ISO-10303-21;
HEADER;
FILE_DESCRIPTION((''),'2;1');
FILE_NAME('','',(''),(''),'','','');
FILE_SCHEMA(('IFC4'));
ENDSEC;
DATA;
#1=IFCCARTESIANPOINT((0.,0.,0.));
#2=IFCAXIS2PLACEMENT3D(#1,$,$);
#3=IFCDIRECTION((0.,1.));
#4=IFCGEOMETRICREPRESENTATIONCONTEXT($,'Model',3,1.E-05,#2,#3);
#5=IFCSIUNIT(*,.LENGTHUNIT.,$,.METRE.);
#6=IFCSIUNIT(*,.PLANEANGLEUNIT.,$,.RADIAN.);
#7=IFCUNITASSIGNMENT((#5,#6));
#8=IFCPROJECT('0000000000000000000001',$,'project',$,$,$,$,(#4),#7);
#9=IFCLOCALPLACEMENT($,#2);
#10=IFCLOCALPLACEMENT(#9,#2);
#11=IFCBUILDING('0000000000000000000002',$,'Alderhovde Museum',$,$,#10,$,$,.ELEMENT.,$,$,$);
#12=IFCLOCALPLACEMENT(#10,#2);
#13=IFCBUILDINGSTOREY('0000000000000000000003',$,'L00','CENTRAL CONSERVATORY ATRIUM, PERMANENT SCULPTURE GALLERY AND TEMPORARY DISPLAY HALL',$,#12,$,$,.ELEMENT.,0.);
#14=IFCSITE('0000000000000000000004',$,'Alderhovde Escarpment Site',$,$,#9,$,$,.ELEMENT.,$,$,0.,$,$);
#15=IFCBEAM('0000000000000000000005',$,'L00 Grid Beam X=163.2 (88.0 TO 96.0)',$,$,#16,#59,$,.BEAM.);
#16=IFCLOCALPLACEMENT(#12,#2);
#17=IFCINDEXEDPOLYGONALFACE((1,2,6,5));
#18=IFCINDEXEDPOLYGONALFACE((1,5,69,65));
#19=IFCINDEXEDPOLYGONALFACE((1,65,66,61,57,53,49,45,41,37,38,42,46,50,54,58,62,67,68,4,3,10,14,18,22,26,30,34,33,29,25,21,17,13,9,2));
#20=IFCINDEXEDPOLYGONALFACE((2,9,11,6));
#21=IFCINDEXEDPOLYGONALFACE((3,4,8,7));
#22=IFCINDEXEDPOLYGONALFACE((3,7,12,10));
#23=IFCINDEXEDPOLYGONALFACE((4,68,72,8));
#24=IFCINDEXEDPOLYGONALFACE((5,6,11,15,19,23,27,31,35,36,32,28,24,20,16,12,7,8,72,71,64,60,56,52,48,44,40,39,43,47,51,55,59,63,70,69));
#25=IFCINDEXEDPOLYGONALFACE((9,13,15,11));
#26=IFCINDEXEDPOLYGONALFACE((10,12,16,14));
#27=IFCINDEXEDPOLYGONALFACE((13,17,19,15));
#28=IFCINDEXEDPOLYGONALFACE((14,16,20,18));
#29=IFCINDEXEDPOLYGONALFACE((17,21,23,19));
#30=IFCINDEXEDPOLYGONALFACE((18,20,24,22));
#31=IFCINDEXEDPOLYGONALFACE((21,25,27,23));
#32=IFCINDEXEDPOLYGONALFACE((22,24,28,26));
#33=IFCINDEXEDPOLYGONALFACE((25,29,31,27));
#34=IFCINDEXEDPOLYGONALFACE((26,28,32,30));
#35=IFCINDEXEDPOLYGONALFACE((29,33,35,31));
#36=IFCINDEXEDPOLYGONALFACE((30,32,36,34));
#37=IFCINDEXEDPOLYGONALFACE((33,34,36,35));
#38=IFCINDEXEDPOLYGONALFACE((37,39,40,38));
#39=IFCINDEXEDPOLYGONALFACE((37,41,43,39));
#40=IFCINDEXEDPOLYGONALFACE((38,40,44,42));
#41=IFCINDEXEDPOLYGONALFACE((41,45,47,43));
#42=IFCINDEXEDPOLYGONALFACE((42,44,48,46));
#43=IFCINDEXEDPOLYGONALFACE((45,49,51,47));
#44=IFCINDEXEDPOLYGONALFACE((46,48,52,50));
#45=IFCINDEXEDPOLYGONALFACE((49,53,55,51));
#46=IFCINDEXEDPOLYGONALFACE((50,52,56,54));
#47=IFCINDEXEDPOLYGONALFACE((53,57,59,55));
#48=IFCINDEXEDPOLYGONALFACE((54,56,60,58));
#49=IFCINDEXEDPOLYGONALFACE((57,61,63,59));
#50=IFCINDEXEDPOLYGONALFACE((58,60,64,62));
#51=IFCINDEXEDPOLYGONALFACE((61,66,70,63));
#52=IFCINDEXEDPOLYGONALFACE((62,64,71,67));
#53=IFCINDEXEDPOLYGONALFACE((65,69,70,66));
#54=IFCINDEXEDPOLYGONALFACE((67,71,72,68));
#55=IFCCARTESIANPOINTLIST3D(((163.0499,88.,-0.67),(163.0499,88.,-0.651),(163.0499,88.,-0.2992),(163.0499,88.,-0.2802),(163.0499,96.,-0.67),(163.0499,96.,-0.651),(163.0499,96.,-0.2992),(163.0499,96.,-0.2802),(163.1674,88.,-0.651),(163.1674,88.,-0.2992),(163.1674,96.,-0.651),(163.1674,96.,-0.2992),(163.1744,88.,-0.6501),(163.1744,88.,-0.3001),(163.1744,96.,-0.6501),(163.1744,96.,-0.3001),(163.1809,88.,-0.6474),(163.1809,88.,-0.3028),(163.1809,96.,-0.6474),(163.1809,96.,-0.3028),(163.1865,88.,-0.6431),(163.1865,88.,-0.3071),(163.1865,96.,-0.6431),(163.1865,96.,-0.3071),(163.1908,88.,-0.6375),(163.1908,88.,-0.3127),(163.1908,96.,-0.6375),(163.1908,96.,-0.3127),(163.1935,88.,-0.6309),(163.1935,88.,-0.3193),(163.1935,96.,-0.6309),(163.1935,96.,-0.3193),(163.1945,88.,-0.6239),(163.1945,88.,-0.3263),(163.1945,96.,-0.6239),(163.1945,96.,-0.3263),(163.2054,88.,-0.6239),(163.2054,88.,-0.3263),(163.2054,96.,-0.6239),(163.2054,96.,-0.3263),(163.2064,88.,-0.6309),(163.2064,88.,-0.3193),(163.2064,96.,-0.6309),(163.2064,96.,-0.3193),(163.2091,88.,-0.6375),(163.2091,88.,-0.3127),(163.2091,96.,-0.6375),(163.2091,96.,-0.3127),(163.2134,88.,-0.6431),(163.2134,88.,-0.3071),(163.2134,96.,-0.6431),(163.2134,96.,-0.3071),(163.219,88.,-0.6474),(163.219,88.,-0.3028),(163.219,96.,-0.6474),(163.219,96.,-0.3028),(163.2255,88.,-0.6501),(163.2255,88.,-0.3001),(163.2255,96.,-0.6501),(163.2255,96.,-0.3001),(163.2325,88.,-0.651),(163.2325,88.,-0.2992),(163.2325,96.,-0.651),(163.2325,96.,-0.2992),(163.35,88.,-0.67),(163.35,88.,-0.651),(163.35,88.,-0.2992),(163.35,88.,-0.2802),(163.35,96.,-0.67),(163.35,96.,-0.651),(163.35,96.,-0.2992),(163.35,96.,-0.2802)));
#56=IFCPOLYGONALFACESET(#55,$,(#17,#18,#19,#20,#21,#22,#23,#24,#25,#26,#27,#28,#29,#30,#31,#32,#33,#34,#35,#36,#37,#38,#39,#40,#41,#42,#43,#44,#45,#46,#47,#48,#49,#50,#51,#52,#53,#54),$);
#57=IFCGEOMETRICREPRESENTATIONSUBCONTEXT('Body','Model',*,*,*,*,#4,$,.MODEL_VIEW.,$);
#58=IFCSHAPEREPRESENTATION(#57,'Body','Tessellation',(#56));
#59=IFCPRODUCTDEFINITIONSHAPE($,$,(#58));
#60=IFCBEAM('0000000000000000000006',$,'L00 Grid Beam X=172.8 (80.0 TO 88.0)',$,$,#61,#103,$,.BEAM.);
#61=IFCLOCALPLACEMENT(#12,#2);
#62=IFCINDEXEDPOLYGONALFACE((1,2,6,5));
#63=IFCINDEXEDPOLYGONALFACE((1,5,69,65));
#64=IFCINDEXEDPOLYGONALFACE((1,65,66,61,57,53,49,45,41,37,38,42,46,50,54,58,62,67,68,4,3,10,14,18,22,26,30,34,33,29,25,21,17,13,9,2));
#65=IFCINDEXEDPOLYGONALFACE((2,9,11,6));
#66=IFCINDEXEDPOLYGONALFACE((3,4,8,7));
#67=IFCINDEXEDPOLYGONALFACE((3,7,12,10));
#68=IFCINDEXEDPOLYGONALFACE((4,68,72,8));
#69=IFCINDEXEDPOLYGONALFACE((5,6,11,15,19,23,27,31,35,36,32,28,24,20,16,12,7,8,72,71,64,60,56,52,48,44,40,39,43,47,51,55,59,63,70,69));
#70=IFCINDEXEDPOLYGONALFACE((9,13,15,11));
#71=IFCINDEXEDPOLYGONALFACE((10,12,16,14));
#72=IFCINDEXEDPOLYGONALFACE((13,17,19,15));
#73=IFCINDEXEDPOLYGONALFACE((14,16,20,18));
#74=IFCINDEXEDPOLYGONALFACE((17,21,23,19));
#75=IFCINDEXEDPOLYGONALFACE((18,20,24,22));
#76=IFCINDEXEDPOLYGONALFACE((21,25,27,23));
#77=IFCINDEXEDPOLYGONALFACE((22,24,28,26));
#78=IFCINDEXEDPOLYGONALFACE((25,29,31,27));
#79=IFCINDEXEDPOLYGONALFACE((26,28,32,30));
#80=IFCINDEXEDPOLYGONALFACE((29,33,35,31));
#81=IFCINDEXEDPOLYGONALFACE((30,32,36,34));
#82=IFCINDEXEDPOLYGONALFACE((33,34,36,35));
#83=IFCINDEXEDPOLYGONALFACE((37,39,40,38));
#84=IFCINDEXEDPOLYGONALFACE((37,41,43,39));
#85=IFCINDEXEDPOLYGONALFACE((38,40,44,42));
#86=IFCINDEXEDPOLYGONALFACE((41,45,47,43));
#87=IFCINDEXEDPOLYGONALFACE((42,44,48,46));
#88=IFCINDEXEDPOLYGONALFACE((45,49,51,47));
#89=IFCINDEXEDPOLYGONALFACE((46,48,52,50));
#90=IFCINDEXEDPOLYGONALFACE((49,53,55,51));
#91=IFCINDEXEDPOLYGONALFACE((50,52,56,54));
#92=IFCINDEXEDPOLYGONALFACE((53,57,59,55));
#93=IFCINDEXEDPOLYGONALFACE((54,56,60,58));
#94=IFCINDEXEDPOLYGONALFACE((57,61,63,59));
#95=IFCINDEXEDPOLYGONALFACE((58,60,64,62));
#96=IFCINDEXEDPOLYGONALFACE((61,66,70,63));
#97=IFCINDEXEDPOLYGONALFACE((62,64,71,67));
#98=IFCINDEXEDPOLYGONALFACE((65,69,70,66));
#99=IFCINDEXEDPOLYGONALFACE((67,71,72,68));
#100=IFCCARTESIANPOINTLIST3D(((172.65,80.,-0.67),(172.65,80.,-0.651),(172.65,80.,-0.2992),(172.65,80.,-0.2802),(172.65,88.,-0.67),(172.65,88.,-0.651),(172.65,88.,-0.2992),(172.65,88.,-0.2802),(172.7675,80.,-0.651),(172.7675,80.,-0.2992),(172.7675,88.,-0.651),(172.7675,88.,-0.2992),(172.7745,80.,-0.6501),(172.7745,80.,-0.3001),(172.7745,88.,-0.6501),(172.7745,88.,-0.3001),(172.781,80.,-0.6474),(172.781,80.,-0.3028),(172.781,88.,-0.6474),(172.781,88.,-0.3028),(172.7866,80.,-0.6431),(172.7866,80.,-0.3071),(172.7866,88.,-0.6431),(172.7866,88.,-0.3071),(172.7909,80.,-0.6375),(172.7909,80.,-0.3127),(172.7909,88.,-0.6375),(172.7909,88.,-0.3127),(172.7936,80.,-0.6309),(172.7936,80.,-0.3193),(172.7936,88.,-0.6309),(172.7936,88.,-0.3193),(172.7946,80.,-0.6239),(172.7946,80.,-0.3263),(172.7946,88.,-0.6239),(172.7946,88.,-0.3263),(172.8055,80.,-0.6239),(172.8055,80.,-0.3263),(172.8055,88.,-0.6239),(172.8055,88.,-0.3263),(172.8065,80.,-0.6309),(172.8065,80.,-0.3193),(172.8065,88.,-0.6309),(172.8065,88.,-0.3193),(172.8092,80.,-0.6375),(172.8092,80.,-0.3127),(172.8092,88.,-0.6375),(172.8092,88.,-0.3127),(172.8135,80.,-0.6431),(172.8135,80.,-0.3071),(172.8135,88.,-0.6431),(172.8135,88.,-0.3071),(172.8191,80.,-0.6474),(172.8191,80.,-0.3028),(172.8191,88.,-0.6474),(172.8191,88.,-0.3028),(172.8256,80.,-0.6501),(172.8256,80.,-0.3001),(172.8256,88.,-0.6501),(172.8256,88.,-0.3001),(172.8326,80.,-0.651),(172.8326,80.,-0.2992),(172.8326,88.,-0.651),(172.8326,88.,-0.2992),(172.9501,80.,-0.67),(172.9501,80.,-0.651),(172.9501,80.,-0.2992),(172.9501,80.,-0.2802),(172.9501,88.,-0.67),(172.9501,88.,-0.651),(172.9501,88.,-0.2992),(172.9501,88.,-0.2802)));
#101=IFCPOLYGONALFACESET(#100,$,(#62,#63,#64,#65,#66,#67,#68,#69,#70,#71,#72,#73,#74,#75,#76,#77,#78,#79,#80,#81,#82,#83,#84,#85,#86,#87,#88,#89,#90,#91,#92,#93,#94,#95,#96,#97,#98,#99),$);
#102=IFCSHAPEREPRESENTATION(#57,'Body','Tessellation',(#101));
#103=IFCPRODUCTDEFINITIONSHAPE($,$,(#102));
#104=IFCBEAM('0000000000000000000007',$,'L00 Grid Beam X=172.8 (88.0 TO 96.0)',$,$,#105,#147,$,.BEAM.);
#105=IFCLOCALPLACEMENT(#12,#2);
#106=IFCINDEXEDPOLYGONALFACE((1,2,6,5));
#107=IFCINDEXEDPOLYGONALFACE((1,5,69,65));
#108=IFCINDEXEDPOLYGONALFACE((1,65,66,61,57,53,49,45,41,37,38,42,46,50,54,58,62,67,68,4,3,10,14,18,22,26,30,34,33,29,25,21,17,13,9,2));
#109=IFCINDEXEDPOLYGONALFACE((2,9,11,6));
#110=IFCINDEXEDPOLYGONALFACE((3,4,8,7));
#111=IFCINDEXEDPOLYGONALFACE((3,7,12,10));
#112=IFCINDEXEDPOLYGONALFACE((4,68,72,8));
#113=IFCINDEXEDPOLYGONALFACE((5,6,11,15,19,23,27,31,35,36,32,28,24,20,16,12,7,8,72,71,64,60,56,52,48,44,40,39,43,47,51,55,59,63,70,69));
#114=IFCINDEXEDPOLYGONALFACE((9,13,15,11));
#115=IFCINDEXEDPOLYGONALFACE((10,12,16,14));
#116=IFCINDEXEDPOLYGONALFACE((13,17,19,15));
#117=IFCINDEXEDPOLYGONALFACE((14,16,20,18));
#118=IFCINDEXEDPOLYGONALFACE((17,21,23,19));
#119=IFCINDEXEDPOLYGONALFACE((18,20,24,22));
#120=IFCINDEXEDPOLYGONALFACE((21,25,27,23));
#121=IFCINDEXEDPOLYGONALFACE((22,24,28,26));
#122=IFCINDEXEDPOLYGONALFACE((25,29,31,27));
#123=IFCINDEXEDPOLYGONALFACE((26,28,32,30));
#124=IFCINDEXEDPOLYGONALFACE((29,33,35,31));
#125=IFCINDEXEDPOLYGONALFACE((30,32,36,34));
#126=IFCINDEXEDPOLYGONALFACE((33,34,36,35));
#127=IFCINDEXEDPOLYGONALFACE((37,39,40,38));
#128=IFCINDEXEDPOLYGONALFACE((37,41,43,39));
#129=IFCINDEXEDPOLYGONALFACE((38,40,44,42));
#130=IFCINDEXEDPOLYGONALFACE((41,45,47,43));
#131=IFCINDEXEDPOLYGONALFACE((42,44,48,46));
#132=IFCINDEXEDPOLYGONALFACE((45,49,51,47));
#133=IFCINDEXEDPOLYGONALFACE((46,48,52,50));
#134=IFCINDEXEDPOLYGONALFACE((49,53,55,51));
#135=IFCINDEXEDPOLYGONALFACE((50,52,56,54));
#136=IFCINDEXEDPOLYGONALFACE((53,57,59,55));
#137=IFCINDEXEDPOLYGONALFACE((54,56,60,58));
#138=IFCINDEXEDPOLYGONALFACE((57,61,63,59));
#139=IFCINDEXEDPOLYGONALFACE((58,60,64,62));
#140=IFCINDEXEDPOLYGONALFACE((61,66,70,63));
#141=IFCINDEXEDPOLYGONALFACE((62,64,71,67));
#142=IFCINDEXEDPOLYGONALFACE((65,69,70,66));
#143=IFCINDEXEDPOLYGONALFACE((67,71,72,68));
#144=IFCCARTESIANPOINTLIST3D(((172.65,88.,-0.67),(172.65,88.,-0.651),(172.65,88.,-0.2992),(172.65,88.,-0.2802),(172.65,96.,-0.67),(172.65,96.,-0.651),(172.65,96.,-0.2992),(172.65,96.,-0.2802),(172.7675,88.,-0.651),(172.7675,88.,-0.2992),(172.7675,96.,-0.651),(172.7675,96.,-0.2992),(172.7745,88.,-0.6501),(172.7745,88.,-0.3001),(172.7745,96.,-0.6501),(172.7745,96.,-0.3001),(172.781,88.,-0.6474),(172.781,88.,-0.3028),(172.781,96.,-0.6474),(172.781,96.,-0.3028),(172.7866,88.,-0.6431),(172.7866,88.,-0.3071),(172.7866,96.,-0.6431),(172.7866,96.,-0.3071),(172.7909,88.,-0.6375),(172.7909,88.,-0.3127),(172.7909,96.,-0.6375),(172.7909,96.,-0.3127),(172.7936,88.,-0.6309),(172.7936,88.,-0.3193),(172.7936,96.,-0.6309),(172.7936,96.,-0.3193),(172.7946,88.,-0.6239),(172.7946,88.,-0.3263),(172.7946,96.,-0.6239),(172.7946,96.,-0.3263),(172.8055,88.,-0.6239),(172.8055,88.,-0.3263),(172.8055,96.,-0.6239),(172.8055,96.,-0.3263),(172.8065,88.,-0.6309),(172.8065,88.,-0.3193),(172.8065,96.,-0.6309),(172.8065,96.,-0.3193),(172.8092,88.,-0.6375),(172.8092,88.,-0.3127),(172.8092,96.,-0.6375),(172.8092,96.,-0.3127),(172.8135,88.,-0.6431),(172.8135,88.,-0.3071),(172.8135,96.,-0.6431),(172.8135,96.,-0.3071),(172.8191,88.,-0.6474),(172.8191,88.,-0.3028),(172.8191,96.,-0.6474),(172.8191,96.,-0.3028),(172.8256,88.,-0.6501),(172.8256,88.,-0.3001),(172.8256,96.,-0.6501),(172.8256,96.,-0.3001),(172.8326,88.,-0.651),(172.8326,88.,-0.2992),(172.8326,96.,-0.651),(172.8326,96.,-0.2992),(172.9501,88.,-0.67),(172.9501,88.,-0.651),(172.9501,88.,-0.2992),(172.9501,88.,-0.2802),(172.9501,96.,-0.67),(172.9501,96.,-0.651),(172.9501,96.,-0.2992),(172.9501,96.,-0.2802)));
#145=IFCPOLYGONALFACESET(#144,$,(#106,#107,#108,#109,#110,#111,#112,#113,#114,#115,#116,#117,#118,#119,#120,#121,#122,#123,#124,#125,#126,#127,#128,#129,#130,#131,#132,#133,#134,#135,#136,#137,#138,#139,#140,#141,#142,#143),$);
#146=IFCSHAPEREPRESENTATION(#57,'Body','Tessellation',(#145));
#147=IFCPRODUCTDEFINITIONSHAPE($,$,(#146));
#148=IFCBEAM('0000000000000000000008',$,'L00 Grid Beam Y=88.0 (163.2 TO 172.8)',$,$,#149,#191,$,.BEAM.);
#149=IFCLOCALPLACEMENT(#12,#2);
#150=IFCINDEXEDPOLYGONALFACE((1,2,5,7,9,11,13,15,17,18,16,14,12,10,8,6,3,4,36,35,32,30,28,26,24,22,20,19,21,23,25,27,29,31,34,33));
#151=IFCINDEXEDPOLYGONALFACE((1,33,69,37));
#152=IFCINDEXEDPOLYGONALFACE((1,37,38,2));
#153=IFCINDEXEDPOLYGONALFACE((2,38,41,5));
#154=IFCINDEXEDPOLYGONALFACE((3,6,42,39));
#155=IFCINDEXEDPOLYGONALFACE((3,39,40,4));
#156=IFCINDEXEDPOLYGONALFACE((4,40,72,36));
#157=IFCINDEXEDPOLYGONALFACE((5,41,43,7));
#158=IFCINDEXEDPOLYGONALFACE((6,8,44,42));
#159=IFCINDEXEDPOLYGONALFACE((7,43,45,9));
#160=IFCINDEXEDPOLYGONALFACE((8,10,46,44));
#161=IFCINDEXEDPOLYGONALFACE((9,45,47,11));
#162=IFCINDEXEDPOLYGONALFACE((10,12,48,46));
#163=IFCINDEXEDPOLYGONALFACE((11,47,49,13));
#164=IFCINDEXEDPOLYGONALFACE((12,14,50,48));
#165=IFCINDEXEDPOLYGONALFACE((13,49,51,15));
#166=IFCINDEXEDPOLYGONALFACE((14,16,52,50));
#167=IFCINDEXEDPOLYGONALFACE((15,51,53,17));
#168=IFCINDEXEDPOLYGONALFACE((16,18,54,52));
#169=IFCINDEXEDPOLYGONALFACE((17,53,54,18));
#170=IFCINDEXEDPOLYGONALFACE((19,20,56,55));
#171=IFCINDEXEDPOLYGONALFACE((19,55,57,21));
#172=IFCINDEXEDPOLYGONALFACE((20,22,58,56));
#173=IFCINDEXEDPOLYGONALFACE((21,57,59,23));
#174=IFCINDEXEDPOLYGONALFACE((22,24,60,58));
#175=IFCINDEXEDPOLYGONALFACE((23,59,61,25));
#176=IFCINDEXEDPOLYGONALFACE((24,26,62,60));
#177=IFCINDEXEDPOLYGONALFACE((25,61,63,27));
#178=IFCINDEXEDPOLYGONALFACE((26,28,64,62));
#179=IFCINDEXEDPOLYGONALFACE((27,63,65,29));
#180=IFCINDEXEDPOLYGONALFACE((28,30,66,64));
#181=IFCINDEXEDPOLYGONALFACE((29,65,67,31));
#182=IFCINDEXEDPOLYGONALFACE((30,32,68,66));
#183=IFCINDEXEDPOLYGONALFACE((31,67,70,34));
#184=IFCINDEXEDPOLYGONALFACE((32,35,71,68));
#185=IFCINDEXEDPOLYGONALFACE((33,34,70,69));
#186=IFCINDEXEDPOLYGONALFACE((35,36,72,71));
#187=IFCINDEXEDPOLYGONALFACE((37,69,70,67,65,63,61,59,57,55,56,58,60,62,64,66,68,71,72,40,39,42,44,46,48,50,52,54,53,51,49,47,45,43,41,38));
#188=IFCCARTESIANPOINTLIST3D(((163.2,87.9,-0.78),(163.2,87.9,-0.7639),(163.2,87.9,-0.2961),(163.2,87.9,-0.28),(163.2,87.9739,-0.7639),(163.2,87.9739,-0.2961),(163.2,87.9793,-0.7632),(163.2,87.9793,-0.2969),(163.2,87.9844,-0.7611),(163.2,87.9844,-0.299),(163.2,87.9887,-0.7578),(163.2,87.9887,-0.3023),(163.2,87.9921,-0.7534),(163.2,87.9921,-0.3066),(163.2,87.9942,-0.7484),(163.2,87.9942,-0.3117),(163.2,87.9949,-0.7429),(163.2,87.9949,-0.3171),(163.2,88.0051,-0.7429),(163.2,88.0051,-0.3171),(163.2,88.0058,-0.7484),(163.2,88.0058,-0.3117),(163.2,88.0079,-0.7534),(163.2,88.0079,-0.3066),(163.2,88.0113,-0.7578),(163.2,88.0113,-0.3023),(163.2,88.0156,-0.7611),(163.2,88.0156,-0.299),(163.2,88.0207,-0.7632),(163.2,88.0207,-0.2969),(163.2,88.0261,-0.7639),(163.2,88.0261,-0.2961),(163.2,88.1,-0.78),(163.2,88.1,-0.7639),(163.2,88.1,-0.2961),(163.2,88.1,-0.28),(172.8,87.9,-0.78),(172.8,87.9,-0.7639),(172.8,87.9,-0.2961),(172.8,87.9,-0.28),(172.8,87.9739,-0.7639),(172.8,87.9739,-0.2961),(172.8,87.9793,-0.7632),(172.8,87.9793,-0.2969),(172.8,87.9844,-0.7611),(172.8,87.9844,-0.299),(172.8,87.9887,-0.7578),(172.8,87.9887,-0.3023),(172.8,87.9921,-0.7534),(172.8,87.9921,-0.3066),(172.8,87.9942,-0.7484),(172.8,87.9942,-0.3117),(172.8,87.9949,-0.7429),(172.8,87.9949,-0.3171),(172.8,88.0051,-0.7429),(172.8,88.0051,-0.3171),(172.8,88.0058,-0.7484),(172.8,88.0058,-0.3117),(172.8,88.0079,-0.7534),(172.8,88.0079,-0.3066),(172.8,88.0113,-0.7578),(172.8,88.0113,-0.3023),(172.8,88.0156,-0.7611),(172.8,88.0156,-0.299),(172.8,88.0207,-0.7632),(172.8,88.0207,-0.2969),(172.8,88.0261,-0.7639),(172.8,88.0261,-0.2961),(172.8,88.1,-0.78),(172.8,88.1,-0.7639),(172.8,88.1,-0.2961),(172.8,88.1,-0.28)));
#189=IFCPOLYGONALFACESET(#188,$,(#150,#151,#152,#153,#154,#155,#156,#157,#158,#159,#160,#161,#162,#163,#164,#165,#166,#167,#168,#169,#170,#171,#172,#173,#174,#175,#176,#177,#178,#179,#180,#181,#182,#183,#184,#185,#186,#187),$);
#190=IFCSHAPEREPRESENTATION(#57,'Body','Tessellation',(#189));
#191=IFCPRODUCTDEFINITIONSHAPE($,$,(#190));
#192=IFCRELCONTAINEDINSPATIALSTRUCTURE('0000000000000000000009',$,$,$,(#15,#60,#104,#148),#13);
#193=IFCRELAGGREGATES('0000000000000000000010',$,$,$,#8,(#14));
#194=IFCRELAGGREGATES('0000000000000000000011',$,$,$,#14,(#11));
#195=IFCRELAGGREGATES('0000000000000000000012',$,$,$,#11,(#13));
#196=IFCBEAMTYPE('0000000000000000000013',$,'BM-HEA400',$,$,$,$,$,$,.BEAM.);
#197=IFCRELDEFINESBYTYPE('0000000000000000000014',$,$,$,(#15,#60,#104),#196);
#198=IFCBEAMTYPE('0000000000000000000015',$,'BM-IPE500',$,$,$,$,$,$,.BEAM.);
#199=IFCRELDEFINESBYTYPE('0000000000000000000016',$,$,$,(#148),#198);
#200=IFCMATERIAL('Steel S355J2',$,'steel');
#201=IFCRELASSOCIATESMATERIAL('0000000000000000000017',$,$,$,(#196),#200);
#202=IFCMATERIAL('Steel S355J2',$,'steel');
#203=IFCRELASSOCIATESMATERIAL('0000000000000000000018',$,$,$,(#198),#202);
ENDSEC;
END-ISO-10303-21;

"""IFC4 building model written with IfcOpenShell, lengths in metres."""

from ifc_helpers import new_model, si_unit, direction, frame, origin, origin_2d, place, context, subcontext, project, spatial, i_section, extrude, material, material_profile, profile_set, type_object, element, save


model = new_model("IFC4")

# Units and contexts
model_context = context("Model", 3, precision=1e-05, world=origin(), true_north=direction((0.0, 1.0)))
body_context = subcontext(model_context, "Body", "Model", "MODEL_VIEW")
ifc_project = project(units=[si_unit("LENGTHUNIT", "METRE"), si_unit("PLANEANGLEUNIT", "RADIAN")], contexts=[model_context])

# Site, building, storey
site_placement = place(None, origin())
site = spatial("IfcSite", under=ifc_project, at=site_placement, Name="Alderhovde Escarpment Site", CompositionType="ELEMENT", RefElevation=0.0)
building_placement = place(site_placement, origin())
building = spatial("IfcBuilding", under=site, at=building_placement, Name="Alderhovde Museum", CompositionType="ELEMENT")
storey_placement = place(building_placement, origin())
storey = spatial("IfcBuildingStorey", under=building, at=storey_placement, Name="L00", Description="CENTRAL CONSERVATORY ATRIUM, PERMANENT SCULPTURE GALLERY AND TEMPORARY DISPLAY HALL", CompositionType="ELEMENT", Elevation=0.0)

# Beams
ifc_material_1 = material(Name="Steel S355J2", Category="steel")
ifc_material_profile_1 = material_profile(ifc_material_1, i_section(OverallWidth=0.3, OverallDepth=0.3899, WebThickness=0.011, FlangeThickness=0.019, FilletRadius=0.0271, at=origin_2d()), Name="HEA 400")
ifc_profile_set_1 = profile_set([ifc_material_profile_1], Name="Steel S355J2")
beam_type_1 = type_object("IfcBeamType", Name="BM-HEA400", PredefinedType="BEAM", material=ifc_profile_set_1)
for number, where, z_axis, x_axis, name in (
    (1, (163.2, 88.0, -0.4751), (0.0, 1.0, 0.0), (-1.0, 0.0, 0.0), "L00 Grid Beam X=163.2 (88.0 TO 96.0)"),
    (2, (172.8, 80.0, -0.4751), (0.0, 1.0, 0.0), (-1.0, 0.0, 0.0), "L00 Grid Beam X=172.8 (80.0 TO 88.0)"),
    (3, (172.8, 88.0, -0.4751), (0.0, 1.0, 0.0), (-1.0, 0.0, 0.0), "L00 Grid Beam X=172.8 (88.0 TO 96.0)"),
):
    element("IfcBeam", number, at=place(storey_placement, frame(where, z_axis=z_axis, x_axis=x_axis)), inside=storey, type_object=beam_type_1, Name=name, PredefinedType="BEAM", context=body_context, shape_type="SweptSolid", body=[
        extrude(i_section(OverallWidth=0.3, OverallDepth=0.3899, WebThickness=0.011, FlangeThickness=0.019, FilletRadius=0.0271, at=origin_2d()), origin(), (0.0, 0.0, 1.0), 8.0),
    ])
ifc_material_2 = material(Name="Steel S355J2", Category="steel")
ifc_material_profile_2 = material_profile(ifc_material_2, i_section(OverallWidth=0.2, OverallDepth=0.5, WebThickness=0.0103, FlangeThickness=0.0161, FilletRadius=0.021, at=origin_2d()), Name="IPE 500")
ifc_profile_set_2 = profile_set([ifc_material_profile_2], Name="Steel S355J2")
beam_type_2 = type_object("IfcBeamType", Name="BM-IPE500", PredefinedType="BEAM", material=ifc_profile_set_2)
beam_1_placement = place(storey_placement, frame((163.2, 88.0, -0.53), z_axis=(1.0, 0.0, 0.0), x_axis=(0.0, 1.0, 0.0)))
element("IfcBeam", 4, at=beam_1_placement, inside=storey, type_object=beam_type_2, Name="L00 Grid Beam Y=88.0 (163.2 TO 172.8)", PredefinedType="BEAM", context=body_context, shape_type="SweptSolid", body=[
    extrude(i_section(OverallWidth=0.2, OverallDepth=0.5, WebThickness=0.0103, FlangeThickness=0.0161, FilletRadius=0.021, at=origin_2d()), origin(), (0.0, 0.0, 1.0), 9.6001),
])

save(model, "model.ifc")
